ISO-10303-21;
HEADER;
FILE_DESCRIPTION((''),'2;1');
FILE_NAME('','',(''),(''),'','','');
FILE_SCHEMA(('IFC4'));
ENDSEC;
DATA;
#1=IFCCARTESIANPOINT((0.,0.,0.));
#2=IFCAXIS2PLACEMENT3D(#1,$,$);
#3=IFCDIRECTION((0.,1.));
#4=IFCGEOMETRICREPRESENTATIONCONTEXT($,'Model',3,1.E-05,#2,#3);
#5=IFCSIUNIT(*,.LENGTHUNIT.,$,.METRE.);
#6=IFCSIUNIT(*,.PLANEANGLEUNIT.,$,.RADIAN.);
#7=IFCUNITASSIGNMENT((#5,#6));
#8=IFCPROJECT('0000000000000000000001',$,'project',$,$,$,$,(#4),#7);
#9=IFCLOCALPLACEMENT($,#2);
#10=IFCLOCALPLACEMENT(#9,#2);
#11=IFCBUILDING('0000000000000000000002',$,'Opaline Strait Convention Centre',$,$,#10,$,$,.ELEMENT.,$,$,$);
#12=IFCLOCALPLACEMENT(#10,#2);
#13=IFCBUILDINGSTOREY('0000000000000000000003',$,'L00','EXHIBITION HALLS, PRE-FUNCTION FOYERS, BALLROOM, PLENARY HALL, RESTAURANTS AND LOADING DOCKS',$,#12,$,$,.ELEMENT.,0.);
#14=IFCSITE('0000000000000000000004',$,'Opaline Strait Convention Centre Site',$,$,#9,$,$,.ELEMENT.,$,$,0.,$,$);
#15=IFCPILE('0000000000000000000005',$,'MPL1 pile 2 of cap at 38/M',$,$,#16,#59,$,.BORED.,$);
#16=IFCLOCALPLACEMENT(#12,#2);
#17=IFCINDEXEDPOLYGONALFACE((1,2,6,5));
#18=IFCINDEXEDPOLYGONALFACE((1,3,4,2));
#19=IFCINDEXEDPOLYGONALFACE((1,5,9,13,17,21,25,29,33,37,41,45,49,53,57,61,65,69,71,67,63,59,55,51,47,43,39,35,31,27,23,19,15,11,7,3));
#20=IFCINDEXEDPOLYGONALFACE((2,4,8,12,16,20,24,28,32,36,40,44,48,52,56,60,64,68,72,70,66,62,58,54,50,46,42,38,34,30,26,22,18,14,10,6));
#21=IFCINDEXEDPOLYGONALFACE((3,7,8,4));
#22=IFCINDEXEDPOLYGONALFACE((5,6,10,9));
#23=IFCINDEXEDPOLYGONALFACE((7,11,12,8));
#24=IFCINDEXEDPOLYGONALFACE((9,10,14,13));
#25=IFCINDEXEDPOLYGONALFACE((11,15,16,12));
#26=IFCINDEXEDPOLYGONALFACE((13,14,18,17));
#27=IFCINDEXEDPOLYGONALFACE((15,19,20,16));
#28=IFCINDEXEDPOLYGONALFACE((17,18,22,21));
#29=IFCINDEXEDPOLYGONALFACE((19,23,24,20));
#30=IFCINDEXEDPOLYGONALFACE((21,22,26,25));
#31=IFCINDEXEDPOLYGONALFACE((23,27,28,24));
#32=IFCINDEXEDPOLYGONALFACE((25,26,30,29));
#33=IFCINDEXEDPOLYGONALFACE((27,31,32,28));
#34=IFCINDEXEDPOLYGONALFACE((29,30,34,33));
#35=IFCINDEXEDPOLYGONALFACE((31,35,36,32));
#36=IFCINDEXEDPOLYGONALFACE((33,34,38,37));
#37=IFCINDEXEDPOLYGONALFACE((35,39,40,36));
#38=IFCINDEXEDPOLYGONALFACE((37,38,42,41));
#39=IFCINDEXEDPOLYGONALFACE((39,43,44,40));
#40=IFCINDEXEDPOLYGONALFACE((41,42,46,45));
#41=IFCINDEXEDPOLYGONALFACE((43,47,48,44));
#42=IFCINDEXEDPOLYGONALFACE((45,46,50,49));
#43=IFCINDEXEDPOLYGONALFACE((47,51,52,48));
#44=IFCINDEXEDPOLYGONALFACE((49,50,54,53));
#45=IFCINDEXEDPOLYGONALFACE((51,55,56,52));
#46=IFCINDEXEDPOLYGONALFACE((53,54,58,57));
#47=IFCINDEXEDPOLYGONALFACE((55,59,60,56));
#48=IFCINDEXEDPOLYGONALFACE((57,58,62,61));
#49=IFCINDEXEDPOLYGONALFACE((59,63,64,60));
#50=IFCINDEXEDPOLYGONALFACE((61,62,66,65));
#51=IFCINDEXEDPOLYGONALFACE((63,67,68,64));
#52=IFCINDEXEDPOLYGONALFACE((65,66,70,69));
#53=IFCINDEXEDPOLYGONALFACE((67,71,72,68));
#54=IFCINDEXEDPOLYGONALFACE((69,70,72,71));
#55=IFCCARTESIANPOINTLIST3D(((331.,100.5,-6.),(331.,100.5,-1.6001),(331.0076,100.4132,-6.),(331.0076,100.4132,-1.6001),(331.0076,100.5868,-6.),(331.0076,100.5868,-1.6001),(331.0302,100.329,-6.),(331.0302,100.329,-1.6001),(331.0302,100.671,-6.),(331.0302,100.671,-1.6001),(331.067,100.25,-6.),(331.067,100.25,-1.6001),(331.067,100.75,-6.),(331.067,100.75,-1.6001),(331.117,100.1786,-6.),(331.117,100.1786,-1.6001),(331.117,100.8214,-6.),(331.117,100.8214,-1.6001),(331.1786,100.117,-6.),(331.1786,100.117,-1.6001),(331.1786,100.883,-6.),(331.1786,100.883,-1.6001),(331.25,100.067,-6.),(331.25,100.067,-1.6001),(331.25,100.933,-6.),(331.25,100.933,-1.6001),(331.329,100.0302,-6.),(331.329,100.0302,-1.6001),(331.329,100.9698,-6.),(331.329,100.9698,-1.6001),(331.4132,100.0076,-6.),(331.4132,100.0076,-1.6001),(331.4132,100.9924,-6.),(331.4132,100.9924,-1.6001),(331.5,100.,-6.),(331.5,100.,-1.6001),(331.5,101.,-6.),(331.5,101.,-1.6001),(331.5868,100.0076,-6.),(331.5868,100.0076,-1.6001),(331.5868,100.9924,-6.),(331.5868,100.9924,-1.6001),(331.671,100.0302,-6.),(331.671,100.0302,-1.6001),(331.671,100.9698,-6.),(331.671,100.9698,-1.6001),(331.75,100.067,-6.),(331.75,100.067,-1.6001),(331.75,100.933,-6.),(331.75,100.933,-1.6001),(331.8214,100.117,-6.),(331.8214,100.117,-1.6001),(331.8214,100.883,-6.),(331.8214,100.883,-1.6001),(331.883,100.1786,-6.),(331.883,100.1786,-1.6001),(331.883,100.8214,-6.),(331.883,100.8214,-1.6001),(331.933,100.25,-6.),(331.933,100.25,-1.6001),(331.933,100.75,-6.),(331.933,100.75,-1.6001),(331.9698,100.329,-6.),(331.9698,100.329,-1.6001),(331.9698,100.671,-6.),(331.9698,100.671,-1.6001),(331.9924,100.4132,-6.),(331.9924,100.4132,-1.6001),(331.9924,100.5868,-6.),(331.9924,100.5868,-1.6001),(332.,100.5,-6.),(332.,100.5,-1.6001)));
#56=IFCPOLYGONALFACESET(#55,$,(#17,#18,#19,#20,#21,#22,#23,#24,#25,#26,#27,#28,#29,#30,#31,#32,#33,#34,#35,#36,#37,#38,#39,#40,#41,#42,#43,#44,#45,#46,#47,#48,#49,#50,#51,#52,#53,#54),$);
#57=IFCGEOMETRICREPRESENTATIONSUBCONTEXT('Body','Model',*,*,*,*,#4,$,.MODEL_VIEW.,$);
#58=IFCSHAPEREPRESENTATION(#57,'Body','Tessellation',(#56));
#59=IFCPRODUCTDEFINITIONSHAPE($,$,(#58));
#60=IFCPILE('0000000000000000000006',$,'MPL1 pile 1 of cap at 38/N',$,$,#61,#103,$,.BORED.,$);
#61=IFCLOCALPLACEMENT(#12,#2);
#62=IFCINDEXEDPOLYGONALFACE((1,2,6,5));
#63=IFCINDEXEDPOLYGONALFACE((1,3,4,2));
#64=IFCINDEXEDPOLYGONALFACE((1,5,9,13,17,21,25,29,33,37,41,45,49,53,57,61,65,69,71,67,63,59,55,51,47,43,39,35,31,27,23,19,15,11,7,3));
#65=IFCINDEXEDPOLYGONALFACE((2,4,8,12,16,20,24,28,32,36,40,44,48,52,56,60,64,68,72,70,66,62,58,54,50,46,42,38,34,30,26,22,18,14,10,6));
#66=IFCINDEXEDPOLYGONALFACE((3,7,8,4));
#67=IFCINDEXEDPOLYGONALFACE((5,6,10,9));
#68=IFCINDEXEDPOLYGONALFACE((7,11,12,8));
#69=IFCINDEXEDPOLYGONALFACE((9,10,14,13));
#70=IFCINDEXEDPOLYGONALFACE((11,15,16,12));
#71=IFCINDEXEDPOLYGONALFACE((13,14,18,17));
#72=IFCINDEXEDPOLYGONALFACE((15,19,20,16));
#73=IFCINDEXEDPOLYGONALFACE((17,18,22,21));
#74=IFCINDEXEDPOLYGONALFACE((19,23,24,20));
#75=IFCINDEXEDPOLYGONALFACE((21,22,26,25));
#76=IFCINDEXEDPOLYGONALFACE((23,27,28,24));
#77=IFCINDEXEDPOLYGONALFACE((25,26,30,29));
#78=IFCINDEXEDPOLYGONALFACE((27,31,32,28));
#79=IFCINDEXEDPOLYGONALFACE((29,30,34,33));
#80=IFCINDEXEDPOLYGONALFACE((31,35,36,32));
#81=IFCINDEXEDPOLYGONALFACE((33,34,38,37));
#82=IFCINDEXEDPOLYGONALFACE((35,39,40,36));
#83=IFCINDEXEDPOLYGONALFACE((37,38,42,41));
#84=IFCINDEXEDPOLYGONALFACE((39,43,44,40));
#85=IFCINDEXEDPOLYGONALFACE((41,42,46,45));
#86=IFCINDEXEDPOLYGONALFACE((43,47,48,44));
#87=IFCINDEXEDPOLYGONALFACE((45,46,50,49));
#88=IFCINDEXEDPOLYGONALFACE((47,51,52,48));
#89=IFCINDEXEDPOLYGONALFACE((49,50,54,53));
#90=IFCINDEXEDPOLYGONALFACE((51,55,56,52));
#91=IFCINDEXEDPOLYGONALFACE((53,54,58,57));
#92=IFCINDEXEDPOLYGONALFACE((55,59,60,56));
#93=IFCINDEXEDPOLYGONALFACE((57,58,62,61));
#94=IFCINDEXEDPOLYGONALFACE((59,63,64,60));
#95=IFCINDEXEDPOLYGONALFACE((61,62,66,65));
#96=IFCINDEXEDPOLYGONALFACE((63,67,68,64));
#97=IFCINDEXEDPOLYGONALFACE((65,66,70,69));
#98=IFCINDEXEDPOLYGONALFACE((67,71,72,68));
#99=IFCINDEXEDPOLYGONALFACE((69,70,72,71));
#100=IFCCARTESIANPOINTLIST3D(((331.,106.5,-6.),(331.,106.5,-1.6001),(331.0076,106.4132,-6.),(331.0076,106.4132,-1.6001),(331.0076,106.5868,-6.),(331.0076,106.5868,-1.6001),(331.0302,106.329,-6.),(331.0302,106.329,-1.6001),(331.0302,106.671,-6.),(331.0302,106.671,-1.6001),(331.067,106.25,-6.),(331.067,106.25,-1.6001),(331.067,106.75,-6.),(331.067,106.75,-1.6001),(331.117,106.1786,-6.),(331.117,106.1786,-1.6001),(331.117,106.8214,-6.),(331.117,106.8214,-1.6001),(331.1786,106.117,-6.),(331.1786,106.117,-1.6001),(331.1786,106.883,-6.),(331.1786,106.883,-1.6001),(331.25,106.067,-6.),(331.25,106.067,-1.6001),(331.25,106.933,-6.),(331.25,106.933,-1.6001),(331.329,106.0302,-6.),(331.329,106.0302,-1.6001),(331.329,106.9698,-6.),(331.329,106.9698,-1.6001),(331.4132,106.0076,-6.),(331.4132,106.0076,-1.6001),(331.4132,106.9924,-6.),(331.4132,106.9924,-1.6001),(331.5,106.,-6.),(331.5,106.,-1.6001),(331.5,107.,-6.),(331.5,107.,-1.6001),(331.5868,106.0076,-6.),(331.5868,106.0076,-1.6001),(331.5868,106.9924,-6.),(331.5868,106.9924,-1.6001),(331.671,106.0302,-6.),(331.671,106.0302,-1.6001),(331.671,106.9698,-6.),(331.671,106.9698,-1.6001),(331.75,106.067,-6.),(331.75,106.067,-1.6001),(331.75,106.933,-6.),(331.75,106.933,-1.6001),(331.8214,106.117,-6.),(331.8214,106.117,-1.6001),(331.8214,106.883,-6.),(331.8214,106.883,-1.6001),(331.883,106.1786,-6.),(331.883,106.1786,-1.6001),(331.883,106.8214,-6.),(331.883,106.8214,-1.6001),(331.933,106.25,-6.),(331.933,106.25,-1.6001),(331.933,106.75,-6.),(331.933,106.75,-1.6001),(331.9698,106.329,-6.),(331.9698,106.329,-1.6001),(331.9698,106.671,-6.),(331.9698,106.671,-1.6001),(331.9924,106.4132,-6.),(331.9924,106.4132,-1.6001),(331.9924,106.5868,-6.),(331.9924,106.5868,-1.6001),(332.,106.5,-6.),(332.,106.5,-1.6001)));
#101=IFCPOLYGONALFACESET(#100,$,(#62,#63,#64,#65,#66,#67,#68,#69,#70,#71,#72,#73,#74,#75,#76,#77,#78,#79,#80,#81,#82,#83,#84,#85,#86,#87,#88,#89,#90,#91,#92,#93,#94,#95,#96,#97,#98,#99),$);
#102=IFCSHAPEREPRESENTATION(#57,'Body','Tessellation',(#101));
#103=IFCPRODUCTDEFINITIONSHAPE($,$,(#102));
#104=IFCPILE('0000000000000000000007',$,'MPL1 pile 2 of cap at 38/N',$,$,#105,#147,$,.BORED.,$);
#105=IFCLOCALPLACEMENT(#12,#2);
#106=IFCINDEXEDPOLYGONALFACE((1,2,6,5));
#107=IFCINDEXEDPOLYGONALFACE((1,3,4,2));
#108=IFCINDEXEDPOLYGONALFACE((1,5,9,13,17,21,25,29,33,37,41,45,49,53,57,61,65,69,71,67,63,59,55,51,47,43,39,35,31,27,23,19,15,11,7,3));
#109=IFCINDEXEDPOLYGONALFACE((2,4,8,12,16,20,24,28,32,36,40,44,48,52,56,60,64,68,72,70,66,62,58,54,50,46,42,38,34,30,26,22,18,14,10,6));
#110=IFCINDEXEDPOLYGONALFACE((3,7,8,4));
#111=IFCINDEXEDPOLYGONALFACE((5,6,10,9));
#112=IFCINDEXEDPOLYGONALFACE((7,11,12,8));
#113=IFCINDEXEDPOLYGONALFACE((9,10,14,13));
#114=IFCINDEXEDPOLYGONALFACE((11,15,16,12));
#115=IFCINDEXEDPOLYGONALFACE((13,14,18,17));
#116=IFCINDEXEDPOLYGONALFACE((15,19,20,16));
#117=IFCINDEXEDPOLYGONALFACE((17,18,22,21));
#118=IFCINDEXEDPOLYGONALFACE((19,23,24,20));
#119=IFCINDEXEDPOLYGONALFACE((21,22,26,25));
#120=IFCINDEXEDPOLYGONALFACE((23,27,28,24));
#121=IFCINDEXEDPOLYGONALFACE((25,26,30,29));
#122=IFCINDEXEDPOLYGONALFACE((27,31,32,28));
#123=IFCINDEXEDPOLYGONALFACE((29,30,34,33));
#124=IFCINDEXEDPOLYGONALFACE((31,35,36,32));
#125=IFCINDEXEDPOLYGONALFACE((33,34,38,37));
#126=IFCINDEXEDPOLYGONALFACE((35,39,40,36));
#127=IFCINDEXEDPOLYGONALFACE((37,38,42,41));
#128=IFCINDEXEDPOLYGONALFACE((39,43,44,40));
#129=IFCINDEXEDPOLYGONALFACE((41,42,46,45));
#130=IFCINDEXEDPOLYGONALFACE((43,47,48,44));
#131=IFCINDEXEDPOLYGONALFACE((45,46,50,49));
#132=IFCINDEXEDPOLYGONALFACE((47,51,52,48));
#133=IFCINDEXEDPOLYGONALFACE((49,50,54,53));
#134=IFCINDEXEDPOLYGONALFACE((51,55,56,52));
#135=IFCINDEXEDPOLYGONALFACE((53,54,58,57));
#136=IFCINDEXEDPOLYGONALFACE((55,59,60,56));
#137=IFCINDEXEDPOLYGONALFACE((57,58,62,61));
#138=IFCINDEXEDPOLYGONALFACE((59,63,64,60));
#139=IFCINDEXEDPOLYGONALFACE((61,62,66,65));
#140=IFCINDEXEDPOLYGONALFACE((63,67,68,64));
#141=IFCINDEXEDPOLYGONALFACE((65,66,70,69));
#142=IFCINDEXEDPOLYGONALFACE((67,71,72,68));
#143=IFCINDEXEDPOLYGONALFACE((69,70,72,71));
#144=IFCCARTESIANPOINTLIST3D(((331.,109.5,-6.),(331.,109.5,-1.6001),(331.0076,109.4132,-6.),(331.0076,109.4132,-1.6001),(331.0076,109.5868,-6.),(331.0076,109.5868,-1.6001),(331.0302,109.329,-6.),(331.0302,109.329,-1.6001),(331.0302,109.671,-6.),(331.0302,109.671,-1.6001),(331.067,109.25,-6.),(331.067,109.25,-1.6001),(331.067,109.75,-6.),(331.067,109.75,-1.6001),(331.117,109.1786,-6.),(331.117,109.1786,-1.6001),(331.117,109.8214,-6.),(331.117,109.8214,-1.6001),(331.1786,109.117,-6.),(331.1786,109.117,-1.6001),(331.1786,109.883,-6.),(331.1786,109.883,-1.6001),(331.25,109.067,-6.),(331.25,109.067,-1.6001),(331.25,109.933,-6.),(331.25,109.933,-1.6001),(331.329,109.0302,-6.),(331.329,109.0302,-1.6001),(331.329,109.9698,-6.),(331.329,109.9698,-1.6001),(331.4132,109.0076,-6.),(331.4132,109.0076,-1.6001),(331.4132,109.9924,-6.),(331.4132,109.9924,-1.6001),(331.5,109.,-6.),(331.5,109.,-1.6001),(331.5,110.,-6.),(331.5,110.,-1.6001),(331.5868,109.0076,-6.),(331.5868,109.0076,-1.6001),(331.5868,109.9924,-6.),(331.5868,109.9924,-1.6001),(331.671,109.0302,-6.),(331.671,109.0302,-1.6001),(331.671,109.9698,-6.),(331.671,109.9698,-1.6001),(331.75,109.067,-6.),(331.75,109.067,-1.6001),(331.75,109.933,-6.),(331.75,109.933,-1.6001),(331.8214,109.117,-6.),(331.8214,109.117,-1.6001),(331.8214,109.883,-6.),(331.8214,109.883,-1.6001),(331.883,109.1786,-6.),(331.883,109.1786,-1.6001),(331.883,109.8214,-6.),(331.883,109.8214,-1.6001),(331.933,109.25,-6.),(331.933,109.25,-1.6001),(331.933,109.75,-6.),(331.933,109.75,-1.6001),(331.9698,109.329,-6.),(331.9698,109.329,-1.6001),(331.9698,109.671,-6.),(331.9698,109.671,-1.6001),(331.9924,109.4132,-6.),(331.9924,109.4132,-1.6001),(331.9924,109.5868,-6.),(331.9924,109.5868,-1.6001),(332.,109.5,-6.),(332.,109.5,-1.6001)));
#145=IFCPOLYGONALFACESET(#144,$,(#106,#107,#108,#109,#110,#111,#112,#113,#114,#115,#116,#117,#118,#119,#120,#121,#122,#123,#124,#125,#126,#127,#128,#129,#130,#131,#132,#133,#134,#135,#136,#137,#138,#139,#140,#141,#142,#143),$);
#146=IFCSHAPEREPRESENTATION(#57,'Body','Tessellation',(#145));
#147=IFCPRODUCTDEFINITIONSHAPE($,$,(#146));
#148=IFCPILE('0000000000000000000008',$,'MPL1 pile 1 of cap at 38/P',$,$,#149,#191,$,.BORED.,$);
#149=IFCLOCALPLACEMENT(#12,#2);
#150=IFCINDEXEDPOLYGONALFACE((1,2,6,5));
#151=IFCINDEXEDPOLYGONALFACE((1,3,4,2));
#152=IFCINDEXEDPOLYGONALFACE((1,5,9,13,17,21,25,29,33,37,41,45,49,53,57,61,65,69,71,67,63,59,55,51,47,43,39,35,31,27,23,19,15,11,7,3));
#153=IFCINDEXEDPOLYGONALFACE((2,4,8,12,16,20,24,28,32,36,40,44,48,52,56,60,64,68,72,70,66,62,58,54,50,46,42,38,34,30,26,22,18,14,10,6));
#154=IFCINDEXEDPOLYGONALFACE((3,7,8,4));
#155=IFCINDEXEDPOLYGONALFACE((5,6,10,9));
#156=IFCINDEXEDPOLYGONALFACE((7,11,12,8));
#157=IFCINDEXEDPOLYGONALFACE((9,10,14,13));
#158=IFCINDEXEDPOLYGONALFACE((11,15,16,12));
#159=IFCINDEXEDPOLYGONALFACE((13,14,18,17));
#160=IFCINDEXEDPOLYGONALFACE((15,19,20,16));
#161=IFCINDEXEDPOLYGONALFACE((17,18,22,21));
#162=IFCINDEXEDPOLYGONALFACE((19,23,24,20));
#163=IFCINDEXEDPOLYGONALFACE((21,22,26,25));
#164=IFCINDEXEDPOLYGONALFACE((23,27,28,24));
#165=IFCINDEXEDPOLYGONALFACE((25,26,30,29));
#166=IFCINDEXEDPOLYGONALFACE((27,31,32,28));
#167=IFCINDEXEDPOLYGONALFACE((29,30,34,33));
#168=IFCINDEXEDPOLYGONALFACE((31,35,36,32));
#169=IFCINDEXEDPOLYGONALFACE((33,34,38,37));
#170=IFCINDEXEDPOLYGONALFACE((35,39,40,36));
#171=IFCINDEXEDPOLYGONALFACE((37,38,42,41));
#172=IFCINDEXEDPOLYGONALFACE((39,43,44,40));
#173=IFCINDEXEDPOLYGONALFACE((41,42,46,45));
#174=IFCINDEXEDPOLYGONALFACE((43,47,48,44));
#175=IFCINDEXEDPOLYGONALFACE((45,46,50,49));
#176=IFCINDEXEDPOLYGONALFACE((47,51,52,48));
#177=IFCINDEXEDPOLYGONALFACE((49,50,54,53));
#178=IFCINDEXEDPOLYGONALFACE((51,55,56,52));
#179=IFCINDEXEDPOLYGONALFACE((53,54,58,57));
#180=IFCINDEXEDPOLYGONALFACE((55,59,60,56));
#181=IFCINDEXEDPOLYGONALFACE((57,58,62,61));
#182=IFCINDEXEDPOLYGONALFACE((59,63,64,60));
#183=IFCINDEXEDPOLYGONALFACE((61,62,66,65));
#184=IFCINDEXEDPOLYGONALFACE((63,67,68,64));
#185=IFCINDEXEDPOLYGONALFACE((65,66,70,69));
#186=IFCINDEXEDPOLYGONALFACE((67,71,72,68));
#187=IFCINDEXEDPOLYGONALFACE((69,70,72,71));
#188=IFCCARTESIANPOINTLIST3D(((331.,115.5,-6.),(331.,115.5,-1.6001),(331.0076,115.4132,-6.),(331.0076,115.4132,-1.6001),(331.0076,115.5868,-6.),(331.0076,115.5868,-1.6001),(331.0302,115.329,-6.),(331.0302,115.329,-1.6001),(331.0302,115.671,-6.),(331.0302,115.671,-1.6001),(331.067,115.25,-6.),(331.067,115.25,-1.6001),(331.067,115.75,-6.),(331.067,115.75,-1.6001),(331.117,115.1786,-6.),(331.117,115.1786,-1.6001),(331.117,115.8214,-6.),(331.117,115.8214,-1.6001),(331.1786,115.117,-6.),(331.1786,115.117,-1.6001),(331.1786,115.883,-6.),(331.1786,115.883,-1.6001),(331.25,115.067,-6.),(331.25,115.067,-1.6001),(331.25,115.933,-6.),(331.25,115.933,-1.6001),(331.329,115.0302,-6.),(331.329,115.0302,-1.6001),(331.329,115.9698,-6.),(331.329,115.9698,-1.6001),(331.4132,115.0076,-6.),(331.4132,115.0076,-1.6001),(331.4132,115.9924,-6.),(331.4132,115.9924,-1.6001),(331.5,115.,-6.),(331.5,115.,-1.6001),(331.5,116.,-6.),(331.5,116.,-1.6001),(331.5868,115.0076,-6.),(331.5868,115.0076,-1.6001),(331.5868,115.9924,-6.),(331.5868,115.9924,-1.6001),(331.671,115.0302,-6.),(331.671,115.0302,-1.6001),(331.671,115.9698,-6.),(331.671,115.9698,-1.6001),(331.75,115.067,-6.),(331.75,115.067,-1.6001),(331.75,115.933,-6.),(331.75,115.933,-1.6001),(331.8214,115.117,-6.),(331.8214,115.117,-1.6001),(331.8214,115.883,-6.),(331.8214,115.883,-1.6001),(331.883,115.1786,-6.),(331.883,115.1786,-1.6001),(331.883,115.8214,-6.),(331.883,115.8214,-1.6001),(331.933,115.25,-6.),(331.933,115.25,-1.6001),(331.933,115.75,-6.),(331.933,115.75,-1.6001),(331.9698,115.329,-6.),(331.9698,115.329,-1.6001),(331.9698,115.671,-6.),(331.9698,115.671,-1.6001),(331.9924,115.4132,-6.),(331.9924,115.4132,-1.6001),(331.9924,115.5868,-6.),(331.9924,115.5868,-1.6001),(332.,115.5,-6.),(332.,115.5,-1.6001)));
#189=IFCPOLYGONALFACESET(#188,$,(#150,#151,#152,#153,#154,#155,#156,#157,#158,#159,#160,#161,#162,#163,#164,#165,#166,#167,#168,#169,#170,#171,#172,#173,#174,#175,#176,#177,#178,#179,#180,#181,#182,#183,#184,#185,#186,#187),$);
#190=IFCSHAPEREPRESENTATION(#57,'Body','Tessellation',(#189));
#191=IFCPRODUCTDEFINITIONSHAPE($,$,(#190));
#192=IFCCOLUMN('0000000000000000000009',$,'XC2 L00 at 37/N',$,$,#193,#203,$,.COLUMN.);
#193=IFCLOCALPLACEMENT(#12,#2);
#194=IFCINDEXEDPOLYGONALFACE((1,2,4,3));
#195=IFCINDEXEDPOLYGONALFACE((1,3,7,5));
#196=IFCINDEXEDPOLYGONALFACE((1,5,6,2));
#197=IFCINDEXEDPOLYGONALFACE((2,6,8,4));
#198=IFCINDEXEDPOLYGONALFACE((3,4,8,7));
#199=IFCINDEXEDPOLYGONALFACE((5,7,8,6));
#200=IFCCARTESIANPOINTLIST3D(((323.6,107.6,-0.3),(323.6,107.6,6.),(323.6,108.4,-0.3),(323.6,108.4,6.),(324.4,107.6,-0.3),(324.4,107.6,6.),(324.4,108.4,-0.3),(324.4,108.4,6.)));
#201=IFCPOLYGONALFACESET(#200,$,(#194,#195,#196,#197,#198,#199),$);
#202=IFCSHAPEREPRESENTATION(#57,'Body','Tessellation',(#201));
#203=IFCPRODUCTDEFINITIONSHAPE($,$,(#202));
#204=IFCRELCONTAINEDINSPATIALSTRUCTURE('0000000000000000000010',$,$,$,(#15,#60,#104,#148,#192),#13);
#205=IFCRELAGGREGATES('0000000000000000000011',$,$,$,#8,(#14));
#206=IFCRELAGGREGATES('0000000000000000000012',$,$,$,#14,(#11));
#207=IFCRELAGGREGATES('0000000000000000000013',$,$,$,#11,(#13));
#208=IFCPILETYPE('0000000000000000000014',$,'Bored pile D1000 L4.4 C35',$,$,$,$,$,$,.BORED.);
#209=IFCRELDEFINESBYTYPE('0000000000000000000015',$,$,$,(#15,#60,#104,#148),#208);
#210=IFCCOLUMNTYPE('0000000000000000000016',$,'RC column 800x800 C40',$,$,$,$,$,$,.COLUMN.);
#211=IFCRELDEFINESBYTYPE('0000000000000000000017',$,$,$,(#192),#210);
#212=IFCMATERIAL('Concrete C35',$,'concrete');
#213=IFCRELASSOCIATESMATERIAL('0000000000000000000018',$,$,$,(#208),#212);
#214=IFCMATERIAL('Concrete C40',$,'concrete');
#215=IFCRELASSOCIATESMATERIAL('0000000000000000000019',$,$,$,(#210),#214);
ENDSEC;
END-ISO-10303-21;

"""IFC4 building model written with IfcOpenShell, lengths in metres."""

from ifc_helpers import new_model, si_unit, direction, frame, origin, origin_2d, place, context, subcontext, project, spatial, rectangle, circle, extrude, material, material_profile, profile_set, type_object, element, save


model = new_model("IFC4")

# Units and contexts
model_context = context("Model", 3, precision=1e-05, world=origin(), true_north=direction((0.0, 1.0)))
body_context = subcontext(model_context, "Body", "Model", "MODEL_VIEW")
ifc_project = project(units=[si_unit("LENGTHUNIT", "METRE"), si_unit("PLANEANGLEUNIT", "RADIAN")], contexts=[model_context])

# Site, building, storey
site_placement = place(None, origin())
site = spatial("IfcSite", under=ifc_project, at=site_placement, Name="Opaline Strait Convention Centre Site", CompositionType="ELEMENT", RefElevation=0.0)
building_placement = place(site_placement, origin())
building = spatial("IfcBuilding", under=site, at=building_placement, Name="Opaline Strait Convention Centre", CompositionType="ELEMENT")
storey_placement = place(building_placement, origin())
storey = spatial("IfcBuildingStorey", under=building, at=storey_placement, Name="L00", Description="EXHIBITION HALLS, PRE-FUNCTION FOYERS, BALLROOM, PLENARY HALL, RESTAURANTS AND LOADING DOCKS", CompositionType="ELEMENT", Elevation=0.0)

# Piles
ifc_material_1 = material(Name="Concrete C35", Category="concrete")
ifc_material_profile_1 = material_profile(ifc_material_1, circle(Radius=0.5, at=origin_2d()), Name="D1000")
ifc_profile_set_1 = profile_set([ifc_material_profile_1], Name="Concrete C35")
pile_type = type_object("IfcPileType", Name="Bored pile D1000 L4.4 C35", PredefinedType="BORED", material=ifc_profile_set_1)
for number, where, z_axis, x_axis, name in (
    (1, (331.5, 100.5, -1.6001), (0.0, 0.0, -1.0), (1.0, 0.0, 0.0), "MPL1 pile 2 of cap at 38/M"),
    (2, (331.5, 106.5, -1.6001), (0.0, 0.0, -1.0), (1.0, 0.0, 0.0), "MPL1 pile 1 of cap at 38/N"),
    (3, (331.5, 109.5, -1.6001), (0.0, 0.0, -1.0), (1.0, 0.0, 0.0), "MPL1 pile 2 of cap at 38/N"),
    (4, (331.5, 115.5, -1.6001), (0.0, 0.0, -1.0), (1.0, 0.0, 0.0), "MPL1 pile 1 of cap at 38/P"),
):
    element("IfcPile", number, at=place(storey_placement, frame(where, z_axis=z_axis, x_axis=x_axis)), inside=storey, type_object=pile_type, Name=name, PredefinedType="BORED", context=body_context, shape_type="SweptSolid", body=[
        extrude(circle(Radius=0.5, at=origin_2d()), origin(), (0.0, 0.0, 1.0), 4.3999),
    ])

# Column
ifc_material_2 = material(Name="Concrete C40", Category="concrete")
ifc_material_profile_2 = material_profile(ifc_material_2, rectangle(XDim=0.8, YDim=0.8, at=origin_2d()), Name="RC 800x800")
ifc_profile_set_2 = profile_set([ifc_material_profile_2], Name="Concrete C40")
column_type = type_object("IfcColumnType", Name="RC column 800x800 C40", PredefinedType="COLUMN", material=ifc_profile_set_2)
for number, where, z_axis, x_axis, name in (
    (5, (324.0, 108.0, -0.3), (0.0, 0.0, 1.0), (1.0, 0.0, 0.0), "XC2 L00 at 37/N"),
):
    element("IfcColumn", number, at=place(storey_placement, frame(where, z_axis=z_axis, x_axis=x_axis)), inside=storey, type_object=column_type, Name=name, PredefinedType="COLUMN", context=body_context, shape_type="SweptSolid", body=[
        extrude(rectangle(XDim=0.8, YDim=0.8, at=origin_2d()), origin(), (0.0, 0.0, 1.0), 6.3),
    ])

save(model, "model.ifc")
